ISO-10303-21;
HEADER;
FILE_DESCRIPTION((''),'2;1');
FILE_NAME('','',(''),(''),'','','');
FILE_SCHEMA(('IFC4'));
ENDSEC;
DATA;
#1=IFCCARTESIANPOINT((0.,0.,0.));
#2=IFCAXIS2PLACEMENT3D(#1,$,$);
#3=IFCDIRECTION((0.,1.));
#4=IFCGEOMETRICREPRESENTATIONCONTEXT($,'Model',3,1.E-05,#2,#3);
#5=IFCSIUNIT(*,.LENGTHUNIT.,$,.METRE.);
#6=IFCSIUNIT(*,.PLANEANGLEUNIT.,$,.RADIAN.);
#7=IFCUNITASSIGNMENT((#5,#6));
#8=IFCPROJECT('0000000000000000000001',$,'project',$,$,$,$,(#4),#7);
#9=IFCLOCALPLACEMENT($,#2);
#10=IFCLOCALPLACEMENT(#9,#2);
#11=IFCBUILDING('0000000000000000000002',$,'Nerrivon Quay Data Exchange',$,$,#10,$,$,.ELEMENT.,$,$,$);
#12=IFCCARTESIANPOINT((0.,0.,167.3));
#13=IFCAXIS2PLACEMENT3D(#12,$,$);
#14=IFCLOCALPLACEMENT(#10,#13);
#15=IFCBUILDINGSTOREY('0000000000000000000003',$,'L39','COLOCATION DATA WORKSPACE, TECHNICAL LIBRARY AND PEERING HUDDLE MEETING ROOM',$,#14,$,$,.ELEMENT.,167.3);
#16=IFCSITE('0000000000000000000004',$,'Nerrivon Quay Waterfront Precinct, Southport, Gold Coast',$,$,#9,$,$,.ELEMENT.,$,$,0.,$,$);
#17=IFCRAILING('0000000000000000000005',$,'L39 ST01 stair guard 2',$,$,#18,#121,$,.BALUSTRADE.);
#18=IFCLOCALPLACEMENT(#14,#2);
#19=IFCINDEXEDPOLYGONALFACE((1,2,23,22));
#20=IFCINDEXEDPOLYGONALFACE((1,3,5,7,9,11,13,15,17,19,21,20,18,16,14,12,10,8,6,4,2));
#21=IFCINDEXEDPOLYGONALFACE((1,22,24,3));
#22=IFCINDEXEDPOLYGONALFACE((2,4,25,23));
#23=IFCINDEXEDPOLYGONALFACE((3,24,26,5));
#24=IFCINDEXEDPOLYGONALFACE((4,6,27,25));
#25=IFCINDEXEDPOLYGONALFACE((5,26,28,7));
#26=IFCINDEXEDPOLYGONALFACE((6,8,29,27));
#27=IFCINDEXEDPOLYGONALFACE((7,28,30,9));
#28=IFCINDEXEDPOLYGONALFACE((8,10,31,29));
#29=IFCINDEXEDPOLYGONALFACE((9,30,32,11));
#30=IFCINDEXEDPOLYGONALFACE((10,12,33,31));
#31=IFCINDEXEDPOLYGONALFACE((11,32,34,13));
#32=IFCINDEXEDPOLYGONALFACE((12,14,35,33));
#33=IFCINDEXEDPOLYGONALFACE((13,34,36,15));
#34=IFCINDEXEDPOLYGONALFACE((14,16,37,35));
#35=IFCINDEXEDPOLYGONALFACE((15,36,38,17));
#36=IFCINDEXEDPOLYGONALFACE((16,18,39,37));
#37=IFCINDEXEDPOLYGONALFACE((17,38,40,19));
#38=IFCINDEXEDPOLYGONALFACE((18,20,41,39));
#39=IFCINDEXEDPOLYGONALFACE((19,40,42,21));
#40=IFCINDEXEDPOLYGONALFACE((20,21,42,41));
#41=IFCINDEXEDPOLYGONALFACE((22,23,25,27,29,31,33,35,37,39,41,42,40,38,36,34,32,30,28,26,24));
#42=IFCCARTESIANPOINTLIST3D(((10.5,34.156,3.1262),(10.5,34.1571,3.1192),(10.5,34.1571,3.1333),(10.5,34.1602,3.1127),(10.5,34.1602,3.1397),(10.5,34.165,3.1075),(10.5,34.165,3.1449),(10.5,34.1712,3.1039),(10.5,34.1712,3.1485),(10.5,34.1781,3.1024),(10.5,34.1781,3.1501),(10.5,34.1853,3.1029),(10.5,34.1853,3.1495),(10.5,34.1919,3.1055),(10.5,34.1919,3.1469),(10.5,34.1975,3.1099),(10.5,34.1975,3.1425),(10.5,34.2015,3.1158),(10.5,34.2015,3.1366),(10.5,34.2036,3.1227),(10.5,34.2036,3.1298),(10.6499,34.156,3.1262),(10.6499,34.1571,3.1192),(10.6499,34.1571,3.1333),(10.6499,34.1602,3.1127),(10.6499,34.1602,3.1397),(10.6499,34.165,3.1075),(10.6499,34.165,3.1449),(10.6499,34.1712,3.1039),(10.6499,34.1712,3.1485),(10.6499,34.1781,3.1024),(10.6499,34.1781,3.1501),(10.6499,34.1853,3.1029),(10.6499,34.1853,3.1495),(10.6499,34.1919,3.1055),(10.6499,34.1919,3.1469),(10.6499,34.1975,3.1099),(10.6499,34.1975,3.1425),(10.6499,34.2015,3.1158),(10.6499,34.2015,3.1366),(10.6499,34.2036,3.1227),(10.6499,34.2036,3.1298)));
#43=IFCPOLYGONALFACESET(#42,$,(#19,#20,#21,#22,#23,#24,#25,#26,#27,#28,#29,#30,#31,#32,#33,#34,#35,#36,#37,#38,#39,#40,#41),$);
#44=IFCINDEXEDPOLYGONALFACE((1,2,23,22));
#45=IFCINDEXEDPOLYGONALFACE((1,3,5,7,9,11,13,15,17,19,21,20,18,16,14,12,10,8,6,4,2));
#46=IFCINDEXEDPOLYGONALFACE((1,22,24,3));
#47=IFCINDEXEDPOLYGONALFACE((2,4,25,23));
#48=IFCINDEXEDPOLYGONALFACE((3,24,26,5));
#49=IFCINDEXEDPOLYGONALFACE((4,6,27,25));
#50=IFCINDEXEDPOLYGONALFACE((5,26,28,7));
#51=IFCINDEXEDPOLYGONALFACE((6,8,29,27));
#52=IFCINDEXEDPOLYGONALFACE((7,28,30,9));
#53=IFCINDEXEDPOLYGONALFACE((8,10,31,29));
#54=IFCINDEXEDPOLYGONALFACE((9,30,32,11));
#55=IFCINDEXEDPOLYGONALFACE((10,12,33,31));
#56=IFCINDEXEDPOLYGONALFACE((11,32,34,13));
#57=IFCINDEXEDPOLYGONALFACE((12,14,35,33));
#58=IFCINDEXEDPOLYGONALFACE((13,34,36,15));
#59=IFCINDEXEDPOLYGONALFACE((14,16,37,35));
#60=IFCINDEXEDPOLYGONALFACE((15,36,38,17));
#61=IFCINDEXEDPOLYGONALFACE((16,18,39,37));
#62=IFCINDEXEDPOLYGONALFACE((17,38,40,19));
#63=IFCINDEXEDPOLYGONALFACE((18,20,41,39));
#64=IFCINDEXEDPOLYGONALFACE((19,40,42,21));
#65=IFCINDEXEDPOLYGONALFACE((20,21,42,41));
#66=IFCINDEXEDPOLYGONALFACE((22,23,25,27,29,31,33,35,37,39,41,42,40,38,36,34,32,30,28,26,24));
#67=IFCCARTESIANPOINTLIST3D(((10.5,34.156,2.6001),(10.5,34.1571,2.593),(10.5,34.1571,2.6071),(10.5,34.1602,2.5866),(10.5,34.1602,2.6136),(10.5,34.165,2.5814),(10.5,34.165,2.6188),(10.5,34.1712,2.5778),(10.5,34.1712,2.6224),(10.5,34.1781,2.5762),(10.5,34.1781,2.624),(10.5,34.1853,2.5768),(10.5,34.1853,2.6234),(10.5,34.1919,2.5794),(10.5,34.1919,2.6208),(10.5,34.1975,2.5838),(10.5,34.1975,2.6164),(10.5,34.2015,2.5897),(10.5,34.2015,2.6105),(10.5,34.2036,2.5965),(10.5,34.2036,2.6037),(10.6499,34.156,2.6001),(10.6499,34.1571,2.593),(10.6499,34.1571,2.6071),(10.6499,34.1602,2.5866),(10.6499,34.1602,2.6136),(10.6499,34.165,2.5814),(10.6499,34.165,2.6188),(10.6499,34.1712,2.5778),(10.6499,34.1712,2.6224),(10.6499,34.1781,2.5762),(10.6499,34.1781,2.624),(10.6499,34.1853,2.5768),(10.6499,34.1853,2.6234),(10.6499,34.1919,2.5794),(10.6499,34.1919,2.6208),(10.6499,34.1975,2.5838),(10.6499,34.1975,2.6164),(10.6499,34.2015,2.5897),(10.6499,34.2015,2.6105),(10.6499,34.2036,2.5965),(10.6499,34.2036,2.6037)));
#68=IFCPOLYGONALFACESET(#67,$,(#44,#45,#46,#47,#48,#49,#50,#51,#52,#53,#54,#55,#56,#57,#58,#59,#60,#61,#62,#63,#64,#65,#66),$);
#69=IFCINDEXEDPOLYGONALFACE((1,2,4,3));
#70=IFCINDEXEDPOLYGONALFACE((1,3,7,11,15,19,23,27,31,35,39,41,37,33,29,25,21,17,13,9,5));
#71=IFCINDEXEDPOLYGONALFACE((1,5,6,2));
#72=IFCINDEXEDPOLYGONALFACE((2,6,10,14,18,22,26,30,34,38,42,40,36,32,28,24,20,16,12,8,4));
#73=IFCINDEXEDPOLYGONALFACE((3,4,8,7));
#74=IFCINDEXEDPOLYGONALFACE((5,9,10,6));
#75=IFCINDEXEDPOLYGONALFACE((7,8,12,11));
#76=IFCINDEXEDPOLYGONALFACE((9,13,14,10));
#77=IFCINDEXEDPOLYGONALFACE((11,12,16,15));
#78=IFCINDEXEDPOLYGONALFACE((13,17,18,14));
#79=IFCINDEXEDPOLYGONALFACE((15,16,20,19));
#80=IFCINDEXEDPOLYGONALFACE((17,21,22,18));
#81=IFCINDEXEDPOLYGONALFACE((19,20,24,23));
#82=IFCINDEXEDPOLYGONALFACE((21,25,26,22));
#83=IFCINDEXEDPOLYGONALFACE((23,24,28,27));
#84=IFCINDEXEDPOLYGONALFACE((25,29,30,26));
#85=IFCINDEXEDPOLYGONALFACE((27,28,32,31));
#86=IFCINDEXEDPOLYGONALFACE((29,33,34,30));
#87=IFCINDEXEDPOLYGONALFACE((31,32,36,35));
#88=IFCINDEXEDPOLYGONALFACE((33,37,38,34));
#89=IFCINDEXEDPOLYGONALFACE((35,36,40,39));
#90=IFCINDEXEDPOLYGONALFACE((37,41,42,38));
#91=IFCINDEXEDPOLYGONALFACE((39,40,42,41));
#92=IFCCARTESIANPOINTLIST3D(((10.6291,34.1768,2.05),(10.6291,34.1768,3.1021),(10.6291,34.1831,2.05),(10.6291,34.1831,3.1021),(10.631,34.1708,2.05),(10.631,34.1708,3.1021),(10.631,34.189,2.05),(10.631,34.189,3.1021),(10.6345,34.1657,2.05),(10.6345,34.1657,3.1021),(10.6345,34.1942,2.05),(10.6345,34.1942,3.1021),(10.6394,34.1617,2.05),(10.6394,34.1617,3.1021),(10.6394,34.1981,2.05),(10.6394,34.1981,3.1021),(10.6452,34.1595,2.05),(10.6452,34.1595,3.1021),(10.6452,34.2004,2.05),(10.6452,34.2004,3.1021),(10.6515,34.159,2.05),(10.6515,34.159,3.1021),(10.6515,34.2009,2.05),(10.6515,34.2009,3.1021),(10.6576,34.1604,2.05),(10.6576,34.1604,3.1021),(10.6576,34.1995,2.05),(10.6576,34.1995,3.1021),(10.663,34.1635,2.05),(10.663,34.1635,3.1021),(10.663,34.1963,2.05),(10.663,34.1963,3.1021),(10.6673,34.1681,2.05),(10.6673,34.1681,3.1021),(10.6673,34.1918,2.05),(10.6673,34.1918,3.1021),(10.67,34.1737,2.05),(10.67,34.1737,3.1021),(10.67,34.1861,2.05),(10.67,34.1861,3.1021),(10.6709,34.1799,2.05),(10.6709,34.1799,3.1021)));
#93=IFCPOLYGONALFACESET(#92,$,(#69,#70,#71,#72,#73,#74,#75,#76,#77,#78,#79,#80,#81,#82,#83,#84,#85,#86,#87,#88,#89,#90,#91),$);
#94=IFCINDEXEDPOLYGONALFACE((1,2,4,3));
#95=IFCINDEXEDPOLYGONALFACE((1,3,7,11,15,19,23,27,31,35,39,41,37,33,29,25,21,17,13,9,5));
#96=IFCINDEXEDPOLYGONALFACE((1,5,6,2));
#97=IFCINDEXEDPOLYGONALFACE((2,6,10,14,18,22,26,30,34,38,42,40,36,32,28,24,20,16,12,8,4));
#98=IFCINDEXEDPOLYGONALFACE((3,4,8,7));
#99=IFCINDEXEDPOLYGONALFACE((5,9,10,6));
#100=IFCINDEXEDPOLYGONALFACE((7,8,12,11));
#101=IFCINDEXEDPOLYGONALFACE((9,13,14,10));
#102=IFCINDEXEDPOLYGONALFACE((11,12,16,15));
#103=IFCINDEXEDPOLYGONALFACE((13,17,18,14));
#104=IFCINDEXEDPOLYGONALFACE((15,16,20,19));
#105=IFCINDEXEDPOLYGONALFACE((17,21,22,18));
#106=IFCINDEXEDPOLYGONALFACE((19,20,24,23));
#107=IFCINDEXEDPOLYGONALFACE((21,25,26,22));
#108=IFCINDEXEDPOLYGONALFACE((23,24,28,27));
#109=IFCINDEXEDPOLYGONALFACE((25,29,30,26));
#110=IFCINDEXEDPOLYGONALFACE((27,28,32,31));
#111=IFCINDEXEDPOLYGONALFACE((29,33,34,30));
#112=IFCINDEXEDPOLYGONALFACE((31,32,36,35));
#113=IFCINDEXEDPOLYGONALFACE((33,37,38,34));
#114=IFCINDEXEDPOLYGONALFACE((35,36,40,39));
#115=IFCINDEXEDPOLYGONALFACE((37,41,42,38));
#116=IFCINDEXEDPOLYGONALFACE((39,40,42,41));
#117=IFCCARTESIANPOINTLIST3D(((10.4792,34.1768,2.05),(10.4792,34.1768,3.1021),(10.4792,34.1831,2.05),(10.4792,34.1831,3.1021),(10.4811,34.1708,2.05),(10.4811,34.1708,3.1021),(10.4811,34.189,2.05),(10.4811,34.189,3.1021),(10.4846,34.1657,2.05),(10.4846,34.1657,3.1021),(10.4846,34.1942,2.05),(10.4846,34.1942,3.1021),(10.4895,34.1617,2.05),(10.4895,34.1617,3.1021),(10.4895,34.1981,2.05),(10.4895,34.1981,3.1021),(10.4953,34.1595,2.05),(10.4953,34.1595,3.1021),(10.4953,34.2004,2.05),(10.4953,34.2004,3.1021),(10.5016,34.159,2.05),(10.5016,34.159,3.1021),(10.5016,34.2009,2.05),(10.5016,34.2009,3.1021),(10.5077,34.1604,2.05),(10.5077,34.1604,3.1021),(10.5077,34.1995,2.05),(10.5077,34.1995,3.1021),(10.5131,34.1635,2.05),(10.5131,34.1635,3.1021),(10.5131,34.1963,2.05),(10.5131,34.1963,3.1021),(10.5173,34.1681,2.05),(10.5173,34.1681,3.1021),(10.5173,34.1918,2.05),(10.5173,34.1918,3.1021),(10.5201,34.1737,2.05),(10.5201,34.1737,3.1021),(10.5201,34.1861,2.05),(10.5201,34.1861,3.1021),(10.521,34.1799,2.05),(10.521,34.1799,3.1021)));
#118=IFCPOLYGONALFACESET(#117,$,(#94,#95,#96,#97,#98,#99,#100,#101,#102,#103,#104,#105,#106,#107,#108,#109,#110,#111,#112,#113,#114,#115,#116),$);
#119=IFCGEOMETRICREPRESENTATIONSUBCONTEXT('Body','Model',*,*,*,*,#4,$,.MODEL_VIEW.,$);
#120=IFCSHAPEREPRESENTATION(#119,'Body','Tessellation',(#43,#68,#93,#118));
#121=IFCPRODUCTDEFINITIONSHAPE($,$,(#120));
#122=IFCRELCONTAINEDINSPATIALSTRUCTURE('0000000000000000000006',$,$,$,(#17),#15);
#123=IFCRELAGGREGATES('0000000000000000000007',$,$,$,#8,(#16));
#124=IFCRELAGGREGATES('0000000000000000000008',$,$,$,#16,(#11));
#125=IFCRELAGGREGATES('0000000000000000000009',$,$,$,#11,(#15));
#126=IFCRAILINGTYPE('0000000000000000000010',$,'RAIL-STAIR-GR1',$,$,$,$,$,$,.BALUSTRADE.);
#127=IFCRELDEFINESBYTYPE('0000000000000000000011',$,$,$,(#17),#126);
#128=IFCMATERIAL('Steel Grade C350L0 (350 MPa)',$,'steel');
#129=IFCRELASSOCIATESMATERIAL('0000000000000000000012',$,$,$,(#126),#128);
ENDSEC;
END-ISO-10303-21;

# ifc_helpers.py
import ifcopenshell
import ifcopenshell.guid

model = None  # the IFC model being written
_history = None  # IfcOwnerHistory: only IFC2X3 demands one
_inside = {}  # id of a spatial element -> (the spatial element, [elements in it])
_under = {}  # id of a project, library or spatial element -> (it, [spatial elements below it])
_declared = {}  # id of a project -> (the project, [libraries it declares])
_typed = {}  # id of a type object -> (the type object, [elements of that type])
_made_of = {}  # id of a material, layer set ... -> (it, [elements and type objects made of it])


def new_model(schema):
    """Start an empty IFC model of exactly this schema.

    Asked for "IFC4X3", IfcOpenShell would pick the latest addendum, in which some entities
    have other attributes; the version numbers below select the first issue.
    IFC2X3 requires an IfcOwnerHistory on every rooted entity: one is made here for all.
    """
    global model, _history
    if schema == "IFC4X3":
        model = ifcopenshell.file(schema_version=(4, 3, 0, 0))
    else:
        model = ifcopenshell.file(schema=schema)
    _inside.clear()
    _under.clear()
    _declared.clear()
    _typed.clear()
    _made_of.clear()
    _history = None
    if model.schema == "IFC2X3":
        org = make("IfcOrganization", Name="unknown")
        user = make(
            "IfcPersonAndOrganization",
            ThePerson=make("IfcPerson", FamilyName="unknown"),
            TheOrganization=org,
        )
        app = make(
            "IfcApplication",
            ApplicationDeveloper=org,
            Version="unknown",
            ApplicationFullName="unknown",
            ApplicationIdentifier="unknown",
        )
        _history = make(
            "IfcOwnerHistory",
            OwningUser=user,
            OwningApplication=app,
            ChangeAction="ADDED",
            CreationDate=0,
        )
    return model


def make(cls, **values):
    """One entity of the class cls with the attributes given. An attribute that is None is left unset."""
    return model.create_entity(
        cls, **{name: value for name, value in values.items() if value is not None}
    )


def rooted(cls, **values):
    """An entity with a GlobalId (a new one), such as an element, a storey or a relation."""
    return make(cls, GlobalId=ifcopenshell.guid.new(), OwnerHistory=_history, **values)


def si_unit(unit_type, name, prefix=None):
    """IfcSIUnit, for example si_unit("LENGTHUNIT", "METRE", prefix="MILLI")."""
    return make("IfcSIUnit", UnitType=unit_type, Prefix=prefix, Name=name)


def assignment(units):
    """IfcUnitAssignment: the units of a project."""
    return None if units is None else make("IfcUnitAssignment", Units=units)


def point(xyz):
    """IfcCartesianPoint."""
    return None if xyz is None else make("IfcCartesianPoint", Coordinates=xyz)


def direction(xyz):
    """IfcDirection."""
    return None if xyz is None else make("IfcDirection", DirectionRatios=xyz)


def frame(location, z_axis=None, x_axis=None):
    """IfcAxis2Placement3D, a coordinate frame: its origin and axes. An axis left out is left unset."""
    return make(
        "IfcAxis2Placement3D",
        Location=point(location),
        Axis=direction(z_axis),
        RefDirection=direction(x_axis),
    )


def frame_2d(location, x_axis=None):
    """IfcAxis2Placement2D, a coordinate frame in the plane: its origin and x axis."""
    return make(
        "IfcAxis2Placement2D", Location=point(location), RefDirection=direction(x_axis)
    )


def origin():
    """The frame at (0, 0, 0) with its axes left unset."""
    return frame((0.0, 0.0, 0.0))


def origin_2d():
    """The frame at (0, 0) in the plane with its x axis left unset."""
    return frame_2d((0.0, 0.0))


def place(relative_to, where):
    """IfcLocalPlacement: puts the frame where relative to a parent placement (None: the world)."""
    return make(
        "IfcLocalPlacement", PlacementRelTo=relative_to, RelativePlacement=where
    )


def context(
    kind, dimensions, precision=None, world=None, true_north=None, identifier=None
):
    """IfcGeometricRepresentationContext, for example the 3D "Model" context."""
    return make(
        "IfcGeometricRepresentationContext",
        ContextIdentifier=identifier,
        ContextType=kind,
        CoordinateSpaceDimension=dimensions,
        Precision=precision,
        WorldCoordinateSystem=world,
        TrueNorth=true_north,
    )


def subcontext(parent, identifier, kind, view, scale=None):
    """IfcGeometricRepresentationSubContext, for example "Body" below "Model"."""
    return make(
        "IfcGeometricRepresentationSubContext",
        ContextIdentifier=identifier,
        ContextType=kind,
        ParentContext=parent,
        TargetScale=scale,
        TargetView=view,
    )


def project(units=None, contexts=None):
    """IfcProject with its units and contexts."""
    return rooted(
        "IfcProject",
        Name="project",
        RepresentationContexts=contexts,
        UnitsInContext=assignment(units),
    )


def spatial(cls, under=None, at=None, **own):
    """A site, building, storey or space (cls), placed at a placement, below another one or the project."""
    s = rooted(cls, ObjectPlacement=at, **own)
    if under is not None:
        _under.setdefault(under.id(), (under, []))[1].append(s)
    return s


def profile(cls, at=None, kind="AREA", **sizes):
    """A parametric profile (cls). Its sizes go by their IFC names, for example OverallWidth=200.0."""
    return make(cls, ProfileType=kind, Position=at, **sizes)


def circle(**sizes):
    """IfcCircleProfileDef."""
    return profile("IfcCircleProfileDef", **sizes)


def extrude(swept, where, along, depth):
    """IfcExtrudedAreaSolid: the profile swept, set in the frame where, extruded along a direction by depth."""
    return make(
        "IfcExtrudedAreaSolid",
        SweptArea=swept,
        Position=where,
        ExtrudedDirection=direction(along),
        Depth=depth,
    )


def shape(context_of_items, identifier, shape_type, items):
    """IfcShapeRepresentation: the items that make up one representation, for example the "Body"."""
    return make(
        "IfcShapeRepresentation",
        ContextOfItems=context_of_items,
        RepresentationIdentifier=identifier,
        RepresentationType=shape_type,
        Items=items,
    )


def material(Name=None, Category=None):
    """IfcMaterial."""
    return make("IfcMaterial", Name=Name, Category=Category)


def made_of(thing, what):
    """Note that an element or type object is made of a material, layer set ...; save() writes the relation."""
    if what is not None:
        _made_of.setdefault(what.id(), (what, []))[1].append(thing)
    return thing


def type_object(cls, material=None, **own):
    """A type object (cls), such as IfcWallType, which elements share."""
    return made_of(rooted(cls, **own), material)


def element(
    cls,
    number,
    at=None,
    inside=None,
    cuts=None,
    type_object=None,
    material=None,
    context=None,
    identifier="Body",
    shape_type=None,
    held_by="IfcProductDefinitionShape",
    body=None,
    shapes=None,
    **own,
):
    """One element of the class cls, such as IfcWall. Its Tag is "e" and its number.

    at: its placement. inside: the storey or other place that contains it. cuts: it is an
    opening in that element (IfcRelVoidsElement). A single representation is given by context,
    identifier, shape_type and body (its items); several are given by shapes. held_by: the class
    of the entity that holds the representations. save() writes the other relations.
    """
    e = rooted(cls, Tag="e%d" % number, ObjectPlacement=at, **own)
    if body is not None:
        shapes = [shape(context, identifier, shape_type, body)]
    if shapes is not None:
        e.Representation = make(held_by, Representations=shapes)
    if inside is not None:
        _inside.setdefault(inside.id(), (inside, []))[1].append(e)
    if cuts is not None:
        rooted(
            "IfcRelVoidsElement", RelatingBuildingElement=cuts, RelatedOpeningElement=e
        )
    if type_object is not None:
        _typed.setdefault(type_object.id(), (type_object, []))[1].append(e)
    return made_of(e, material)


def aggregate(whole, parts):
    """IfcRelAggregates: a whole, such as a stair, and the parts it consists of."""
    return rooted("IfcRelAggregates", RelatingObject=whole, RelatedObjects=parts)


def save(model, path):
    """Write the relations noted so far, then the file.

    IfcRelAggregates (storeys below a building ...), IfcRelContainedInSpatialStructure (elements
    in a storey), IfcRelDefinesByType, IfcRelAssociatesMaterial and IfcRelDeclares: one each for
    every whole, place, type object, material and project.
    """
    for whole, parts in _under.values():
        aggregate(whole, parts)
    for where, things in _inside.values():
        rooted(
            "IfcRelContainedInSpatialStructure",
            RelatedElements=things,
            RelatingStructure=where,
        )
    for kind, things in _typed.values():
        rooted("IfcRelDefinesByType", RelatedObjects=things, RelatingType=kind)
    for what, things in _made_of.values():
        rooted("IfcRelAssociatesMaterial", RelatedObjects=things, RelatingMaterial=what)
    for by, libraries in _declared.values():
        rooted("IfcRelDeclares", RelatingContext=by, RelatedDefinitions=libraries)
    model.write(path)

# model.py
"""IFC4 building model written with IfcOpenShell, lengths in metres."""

from ifc_helpers import new_model, si_unit, direction, frame, origin, origin_2d, place, context, subcontext, project, spatial, circle, extrude, material, type_object, element, save


model = new_model("IFC4")

# Units and contexts
model_context = context("Model", 3, precision=1e-05, world=origin(), true_north=direction((0.0, 1.0)))
body_context = subcontext(model_context, "Body", "Model", "MODEL_VIEW")
ifc_project = project(units=[si_unit("LENGTHUNIT", "METRE"), si_unit("PLANEANGLEUNIT", "RADIAN")], contexts=[model_context])

# Site, building, storey
site_placement = place(None, origin())
site = spatial("IfcSite", under=ifc_project, at=site_placement, Name="Nerrivon Quay Waterfront Precinct, Southport, Gold Coast", CompositionType="ELEMENT", RefElevation=0.0)
building_placement = place(site_placement, origin())
building = spatial("IfcBuilding", under=site, at=building_placement, Name="Nerrivon Quay Data Exchange", CompositionType="ELEMENT")
storey_placement = place(building_placement, frame((0.0, 0.0, 167.3)))
storey = spatial("IfcBuildingStorey", under=building, at=storey_placement, Name="L39", Description="COLOCATION DATA WORKSPACE, TECHNICAL LIBRARY AND PEERING HUDDLE MEETING ROOM", CompositionType="ELEMENT", Elevation=167.3)

# Railing
ifc_material_1 = material(Name="Steel Grade C350L0 (350 MPa)", Category="steel")
railing_type_1 = type_object("IfcRailingType", Name="RAIL-STAIR-GR1", PredefinedType="BALUSTRADE", material=ifc_material_1)
railing_1_placement = place(storey_placement, frame((10.6499, 34.1799, 2.05)))
element("IfcRailing", 1, at=railing_1_placement, inside=storey, type_object=railing_type_1, Name="L39 ST01 stair guard 2", PredefinedType="BALUSTRADE", context=body_context, shape_type="SweptSolid", body=[
    extrude(circle(Radius=0.0239, at=origin_2d()), frame((0.0, 0.0, 1.0762), z_axis=(-1.0, 0.0, 0.0), x_axis=(0.0, -1.0, 0.0)), (0.0, 0.0, 1.0), 0.1499),
    extrude(circle(Radius=0.0239, at=origin_2d()), frame((0.0, 0.0, 0.55), z_axis=(-1.0, 0.0, 0.0), x_axis=(0.0, -1.0, 0.0)), (0.0, 0.0, 1.0), 0.1499),
    extrude(circle(Radius=0.021, at=origin_2d()), origin(), (0.0, 0.0, 1.0), 1.052),
    extrude(circle(Radius=0.021, at=origin_2d()), frame((-0.1499, 0.0, 0.0)), (0.0, 0.0, 1.0), 1.052),
])

save(model, "model.ifc")
